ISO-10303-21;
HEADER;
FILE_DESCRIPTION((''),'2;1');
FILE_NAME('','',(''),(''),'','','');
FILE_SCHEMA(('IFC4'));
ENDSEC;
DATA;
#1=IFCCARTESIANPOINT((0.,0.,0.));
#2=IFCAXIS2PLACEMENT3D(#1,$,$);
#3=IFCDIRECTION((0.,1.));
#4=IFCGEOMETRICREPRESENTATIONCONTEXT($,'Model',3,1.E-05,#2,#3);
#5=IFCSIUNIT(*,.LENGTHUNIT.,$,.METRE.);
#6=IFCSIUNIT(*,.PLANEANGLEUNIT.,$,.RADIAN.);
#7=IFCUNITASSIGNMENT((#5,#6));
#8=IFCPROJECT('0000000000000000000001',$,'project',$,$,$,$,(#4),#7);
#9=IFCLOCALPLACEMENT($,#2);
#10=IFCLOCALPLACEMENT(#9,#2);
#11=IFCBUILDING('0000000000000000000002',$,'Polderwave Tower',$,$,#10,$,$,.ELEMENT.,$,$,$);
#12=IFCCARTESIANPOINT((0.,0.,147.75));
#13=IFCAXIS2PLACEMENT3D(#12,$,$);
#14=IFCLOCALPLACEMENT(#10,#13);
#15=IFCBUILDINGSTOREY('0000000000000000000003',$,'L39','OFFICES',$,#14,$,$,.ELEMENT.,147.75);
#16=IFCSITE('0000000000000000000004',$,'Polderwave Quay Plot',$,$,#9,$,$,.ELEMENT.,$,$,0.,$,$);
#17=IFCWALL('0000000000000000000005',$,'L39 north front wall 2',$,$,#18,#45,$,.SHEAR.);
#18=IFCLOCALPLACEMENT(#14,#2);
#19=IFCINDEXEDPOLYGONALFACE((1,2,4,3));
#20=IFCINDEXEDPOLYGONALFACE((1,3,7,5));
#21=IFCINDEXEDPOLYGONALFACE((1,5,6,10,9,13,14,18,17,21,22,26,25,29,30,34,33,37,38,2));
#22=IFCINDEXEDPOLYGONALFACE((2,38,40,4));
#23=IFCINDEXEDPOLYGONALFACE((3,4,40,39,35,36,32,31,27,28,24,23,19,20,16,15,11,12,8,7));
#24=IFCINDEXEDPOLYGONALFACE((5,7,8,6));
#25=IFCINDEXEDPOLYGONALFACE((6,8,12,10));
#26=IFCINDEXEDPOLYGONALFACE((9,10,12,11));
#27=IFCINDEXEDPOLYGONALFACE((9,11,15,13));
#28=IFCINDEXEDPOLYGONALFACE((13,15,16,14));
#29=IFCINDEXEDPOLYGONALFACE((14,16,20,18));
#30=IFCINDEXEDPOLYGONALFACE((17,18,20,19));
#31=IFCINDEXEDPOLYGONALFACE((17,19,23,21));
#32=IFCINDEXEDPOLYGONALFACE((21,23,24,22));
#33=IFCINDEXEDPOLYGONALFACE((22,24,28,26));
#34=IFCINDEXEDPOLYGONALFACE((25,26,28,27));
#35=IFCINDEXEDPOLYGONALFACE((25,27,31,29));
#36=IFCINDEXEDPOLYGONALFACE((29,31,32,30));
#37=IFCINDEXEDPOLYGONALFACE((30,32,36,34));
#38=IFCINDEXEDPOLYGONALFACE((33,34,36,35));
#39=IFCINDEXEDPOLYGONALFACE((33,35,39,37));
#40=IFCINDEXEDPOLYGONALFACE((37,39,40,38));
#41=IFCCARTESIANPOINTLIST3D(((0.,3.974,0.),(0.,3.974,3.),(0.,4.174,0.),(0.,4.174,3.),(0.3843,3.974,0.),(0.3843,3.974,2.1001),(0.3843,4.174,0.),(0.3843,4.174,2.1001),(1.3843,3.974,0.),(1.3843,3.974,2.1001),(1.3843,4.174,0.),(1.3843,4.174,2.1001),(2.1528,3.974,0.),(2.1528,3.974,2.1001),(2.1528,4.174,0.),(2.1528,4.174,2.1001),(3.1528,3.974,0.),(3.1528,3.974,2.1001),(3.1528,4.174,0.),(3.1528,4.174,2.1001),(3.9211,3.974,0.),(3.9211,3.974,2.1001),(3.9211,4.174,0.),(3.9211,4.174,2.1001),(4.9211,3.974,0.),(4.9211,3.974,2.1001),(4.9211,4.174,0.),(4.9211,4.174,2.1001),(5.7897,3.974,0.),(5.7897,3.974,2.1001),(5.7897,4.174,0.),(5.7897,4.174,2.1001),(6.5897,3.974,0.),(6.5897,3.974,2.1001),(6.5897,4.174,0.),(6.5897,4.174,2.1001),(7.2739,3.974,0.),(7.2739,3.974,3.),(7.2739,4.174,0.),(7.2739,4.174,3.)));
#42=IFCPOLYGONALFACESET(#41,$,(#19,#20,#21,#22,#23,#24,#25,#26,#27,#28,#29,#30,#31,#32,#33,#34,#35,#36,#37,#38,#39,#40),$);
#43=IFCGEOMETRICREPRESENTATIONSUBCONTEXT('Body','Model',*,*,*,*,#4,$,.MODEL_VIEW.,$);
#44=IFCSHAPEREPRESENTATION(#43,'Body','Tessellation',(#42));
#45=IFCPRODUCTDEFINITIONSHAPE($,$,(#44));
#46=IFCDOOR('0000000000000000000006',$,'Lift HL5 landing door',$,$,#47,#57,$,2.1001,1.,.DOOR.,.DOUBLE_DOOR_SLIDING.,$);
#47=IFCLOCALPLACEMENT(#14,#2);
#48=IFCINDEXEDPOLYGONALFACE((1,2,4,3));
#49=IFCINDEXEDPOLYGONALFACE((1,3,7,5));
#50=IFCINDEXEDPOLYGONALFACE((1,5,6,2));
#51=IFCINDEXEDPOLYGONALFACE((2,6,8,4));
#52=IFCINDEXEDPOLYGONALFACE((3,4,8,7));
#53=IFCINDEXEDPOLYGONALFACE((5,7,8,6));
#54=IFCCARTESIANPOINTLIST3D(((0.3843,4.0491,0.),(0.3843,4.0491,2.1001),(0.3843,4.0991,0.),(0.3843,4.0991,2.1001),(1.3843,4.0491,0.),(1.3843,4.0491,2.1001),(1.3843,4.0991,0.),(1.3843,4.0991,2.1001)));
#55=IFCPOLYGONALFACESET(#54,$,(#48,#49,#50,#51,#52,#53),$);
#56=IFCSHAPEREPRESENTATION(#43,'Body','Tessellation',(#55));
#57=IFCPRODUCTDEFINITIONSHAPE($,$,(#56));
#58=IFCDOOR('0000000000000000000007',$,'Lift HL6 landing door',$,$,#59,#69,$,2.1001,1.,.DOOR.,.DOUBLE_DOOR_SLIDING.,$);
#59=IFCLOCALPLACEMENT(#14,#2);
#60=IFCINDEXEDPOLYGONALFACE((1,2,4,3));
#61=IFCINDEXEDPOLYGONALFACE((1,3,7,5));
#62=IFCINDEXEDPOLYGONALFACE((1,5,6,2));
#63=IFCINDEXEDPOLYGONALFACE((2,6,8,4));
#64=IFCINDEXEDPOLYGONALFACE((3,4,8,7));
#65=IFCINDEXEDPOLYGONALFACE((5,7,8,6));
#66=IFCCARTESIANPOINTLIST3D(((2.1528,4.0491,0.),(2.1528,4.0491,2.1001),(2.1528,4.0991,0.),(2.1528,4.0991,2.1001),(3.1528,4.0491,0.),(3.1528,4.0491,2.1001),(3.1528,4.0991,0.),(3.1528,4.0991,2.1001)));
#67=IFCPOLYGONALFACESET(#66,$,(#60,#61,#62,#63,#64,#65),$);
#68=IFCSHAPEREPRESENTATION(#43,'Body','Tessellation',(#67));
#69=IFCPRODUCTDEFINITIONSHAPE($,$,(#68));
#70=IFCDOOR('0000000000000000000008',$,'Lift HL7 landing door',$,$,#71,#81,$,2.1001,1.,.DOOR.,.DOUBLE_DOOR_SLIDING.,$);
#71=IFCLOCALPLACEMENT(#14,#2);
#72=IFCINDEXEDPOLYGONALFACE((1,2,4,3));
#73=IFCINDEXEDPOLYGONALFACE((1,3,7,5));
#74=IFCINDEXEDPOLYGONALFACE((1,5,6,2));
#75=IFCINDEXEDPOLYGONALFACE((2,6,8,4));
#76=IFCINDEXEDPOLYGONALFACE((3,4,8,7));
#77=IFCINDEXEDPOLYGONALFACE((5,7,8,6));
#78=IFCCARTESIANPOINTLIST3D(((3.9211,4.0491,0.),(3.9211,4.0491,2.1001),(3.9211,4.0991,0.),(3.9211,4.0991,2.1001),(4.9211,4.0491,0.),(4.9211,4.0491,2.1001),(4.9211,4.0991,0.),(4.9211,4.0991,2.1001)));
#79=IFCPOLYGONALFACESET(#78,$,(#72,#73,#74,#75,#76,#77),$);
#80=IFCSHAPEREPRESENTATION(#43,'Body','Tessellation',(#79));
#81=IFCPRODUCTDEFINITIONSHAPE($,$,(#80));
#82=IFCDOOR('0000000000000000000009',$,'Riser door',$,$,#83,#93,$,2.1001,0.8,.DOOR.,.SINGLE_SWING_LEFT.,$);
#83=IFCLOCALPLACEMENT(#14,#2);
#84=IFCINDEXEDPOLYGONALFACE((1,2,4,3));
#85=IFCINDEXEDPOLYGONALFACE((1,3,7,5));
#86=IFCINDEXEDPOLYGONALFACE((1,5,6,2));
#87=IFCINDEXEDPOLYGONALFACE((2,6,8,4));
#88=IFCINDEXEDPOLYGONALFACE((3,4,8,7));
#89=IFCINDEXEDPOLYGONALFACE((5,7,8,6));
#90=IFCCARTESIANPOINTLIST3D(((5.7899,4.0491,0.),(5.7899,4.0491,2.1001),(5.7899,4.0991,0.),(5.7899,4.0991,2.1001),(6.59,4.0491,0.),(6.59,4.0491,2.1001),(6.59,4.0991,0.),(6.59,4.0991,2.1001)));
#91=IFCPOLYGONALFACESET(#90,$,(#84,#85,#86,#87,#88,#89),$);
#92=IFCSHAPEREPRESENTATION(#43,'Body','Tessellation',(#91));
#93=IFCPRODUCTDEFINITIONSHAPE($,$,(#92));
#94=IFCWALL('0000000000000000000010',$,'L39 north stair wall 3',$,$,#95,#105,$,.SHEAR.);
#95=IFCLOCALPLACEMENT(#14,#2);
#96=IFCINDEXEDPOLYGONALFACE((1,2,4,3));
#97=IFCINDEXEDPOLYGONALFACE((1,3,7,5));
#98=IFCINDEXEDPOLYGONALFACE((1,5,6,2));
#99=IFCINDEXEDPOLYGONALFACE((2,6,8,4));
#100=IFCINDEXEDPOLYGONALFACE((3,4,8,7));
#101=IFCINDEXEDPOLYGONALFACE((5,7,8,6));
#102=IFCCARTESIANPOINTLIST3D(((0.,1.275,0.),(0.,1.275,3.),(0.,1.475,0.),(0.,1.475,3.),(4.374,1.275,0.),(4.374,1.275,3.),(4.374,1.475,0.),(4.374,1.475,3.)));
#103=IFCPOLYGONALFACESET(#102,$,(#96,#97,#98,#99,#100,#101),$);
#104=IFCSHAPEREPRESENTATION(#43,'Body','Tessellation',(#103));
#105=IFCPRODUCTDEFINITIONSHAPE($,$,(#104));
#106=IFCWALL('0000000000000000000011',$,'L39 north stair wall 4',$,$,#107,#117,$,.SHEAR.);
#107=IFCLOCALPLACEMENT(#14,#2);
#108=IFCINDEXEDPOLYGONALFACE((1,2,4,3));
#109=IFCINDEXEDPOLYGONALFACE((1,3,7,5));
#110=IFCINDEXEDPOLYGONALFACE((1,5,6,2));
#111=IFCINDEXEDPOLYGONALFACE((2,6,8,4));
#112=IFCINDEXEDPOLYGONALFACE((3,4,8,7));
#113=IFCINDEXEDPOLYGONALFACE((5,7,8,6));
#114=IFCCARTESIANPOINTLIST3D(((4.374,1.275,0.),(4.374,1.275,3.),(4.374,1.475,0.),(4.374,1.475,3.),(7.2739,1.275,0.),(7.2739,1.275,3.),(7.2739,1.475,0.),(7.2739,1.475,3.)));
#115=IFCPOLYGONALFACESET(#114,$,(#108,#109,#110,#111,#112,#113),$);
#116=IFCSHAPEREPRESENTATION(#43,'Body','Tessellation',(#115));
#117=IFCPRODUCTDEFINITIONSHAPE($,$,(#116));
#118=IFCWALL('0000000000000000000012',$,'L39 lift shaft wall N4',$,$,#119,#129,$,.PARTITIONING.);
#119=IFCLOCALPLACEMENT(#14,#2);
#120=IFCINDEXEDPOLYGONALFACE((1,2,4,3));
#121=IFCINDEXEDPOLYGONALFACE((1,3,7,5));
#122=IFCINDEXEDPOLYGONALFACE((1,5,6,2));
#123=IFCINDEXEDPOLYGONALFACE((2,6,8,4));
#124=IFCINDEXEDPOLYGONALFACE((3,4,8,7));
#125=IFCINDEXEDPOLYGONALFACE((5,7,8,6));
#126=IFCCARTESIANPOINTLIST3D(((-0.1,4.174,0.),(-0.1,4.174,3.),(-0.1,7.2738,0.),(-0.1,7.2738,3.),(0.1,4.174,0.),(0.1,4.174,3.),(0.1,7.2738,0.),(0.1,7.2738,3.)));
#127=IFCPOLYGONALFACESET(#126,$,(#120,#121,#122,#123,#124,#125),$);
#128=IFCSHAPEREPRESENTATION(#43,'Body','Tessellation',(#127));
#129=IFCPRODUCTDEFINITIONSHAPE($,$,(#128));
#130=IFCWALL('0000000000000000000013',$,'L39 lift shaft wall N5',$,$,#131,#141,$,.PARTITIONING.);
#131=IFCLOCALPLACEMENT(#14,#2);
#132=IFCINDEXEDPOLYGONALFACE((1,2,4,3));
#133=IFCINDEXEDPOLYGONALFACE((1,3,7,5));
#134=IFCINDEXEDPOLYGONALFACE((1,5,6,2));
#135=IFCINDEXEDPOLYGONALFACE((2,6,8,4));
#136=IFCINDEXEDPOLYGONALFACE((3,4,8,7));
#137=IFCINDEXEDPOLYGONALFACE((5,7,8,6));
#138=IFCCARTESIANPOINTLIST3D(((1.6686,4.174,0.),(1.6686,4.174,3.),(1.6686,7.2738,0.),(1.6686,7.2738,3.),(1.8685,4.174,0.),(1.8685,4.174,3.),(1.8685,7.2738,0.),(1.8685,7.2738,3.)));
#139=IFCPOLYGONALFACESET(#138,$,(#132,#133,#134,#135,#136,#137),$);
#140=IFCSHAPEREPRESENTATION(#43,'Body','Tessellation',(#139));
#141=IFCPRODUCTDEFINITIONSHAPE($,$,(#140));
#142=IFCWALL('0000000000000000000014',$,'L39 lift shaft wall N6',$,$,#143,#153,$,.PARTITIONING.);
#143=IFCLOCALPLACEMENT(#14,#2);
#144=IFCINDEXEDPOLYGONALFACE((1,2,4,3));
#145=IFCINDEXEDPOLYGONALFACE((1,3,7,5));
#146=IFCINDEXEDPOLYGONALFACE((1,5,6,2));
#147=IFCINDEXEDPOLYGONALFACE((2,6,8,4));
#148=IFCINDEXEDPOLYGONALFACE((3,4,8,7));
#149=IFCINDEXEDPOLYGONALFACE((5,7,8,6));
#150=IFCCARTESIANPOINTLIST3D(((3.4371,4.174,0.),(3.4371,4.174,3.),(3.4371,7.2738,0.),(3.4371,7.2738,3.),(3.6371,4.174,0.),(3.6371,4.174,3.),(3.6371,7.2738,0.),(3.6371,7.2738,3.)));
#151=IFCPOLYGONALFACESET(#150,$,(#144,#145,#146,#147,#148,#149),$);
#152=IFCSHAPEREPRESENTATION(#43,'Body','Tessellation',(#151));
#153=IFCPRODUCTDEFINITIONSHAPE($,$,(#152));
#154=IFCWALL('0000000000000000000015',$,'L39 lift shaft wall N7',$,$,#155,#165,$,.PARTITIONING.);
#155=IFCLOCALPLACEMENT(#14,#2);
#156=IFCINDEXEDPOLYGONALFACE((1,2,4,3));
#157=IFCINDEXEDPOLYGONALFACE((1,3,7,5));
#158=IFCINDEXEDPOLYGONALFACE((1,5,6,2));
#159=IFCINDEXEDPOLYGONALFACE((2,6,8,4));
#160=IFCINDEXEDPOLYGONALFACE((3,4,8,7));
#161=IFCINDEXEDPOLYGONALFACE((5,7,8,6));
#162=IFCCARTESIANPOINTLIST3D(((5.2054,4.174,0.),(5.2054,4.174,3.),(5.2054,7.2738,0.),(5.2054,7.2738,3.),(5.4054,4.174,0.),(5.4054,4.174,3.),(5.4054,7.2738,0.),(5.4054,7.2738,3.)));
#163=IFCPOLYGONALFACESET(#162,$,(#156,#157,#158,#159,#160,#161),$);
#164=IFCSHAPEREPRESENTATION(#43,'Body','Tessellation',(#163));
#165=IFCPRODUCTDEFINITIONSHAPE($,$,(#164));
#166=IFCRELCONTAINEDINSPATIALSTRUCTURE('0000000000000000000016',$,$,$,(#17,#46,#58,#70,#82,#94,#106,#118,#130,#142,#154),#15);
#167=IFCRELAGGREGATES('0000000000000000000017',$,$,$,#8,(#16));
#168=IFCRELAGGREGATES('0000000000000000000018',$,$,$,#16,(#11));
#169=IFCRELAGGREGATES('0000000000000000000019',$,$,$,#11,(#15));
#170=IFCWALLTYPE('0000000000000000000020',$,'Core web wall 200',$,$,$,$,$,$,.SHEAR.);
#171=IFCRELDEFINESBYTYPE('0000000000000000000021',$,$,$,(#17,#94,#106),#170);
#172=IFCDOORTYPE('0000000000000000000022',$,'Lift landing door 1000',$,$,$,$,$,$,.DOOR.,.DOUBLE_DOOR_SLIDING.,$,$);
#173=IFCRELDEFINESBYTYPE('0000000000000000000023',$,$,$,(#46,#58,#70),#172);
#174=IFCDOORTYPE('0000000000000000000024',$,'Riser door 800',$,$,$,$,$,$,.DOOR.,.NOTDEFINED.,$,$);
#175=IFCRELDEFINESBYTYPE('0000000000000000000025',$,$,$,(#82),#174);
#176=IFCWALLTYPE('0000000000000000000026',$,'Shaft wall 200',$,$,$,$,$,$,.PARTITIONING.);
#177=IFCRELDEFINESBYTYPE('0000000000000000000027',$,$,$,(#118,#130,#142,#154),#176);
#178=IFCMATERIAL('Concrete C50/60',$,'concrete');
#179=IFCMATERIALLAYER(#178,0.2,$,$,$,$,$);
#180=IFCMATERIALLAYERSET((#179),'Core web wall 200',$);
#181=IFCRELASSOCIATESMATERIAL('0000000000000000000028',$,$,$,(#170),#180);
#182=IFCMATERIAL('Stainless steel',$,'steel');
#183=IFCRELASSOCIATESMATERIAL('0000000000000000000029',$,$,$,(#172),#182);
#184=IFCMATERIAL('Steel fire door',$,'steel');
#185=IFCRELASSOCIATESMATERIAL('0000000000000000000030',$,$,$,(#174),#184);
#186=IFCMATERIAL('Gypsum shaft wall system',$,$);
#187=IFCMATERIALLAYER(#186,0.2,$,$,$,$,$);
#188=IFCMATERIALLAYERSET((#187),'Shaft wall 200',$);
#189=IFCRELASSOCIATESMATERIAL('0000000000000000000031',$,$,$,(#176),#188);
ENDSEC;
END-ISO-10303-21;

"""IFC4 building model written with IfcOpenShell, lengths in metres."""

from ifc_helpers import new_model, si_unit, direction, frame, frame_2d, origin, place, context, subcontext, project, spatial, rectangle, extrude, material, layer, layer_set, type_object, element, fill, save


model = new_model("IFC4")

# Units and contexts
model_context = context("Model", 3, precision=1e-05, world=origin(), true_north=direction((0.0, 1.0)))
body_context = subcontext(model_context, "Body", "Model", "MODEL_VIEW")
ifc_project = project(units=[si_unit("LENGTHUNIT", "METRE"), si_unit("PLANEANGLEUNIT", "RADIAN")], contexts=[model_context])

# Site, building, storey
site_placement = place(None, origin())
site = spatial("IfcSite", under=ifc_project, at=site_placement, Name="Polderwave Quay Plot", CompositionType="ELEMENT", RefElevation=0.0)
building_placement = place(site_placement, origin())
building = spatial("IfcBuilding", under=site, at=building_placement, Name="Polderwave Tower", CompositionType="ELEMENT")
storey_placement = place(building_placement, frame((0.0, 0.0, 147.75)))
storey = spatial("IfcBuildingStorey", under=building, at=storey_placement, Name="L39", Description="OFFICES", CompositionType="ELEMENT", Elevation=147.75)

# Wall, openings, doors
ifc_material_1 = material(Name="Concrete C50/60", Category="concrete")
ifc_layer_1 = layer(ifc_material_1, 0.2)
ifc_layer_set_1 = layer_set([ifc_layer_1], Name="Core web wall 200")
wall_type_1 = type_object("IfcWallType", Name="Core web wall 200", PredefinedType="SHEAR", material=ifc_layer_set_1)
wall_1_placement = place(storey_placement, frame((0.0, 4.074, 0.0), z_axis=(0.0, 0.0, 1.0), x_axis=(1.0, 0.0, 0.0)))
wall_1 = element("IfcWall", 1, at=wall_1_placement, inside=storey, type_object=wall_type_1, Name="L39 north front wall 2", PredefinedType="SHEAR", context=body_context, shape_type="SweptSolid", body=[
    extrude(rectangle(XDim=7.2739, YDim=0.2, at=frame_2d((3.637, 0.0))), origin(), (0.0, 0.0, 1.0), 3.0),
])
opening_1_placement = place(wall_1_placement, frame((0.3843, 0.0, 0.0)))
opening_1 = element("IfcOpeningElement", 2, at=opening_1_placement, cuts=wall_1, PredefinedType="OPENING", context=body_context, shape_type="SweptSolid", body=[
    extrude(rectangle(XDim=1.0, YDim=2.1001, at=frame_2d((0.5, 1.05))), frame((0.0, 0.1099, 0.0), z_axis=(0.0, -1.0, 0.0), x_axis=(1.0, 0.0, 0.0)), (0.0, 0.0, 1.0), 0.22),
])
opening_2_placement = place(wall_1_placement, frame((2.1528, 0.0, 0.0)))
opening_2 = element("IfcOpeningElement", 3, at=opening_2_placement, cuts=wall_1, PredefinedType="OPENING", context=body_context, shape_type="SweptSolid", body=[
    extrude(rectangle(XDim=1.0, YDim=2.1001, at=frame_2d((0.5, 1.05))), frame((0.0, 0.1099, 0.0), z_axis=(0.0, -1.0, 0.0), x_axis=(1.0, 0.0, 0.0)), (0.0, 0.0, 1.0), 0.22),
])
opening_3_placement = place(wall_1_placement, frame((3.9211, 0.0, 0.0)))
opening_3 = element("IfcOpeningElement", 4, at=opening_3_placement, cuts=wall_1, PredefinedType="OPENING", context=body_context, shape_type="SweptSolid", body=[
    extrude(rectangle(XDim=1.0, YDim=2.1001, at=frame_2d((0.5, 1.05))), frame((0.0, 0.1099, 0.0), z_axis=(0.0, -1.0, 0.0), x_axis=(1.0, 0.0, 0.0)), (0.0, 0.0, 1.0), 0.22),
])
opening_4_placement = place(wall_1_placement, frame((5.7898, 0.0, 0.0)))
opening_4 = element("IfcOpeningElement", 5, at=opening_4_placement, cuts=wall_1, PredefinedType="OPENING", context=body_context, shape_type="SweptSolid", body=[
    extrude(rectangle(XDim=0.8, YDim=2.1001, at=frame_2d((0.3999, 1.05))), frame((0.0, 0.1099, 0.0), z_axis=(0.0, -1.0, 0.0), x_axis=(1.0, 0.0, 0.0)), (0.0, 0.0, 1.0), 0.22),
])
ifc_material_2 = material(Name="Stainless steel", Category="steel")
door_type_1 = type_object("IfcDoorType", Name="Lift landing door 1000", OperationType="DOUBLE_DOOR_SLIDING", PredefinedType="DOOR", material=ifc_material_2)
door_1_placement = place(opening_1_placement, frame((1.0, 0.0, 0.0), z_axis=(0.0, 0.0, 1.0), x_axis=(-1.0, 0.0, 0.0)))
door_1 = element("IfcDoor", 6, at=door_1_placement, inside=storey, type_object=door_type_1, Name="Lift HL5 landing door", OperationType="DOUBLE_DOOR_SLIDING", OverallHeight=2.1001, OverallWidth=1.0, PredefinedType="DOOR", context=body_context, shape_type="SweptSolid", body=[
    extrude(rectangle(XDim=1.0, YDim=2.1001, at=frame_2d((0.5, 1.05))), frame((0.0, 0.0249, 0.0), z_axis=(0.0, -1.0, 0.0), x_axis=(1.0, 0.0, 0.0)), (0.0, 0.0, 1.0), 0.05),
])
fill(opening_1, door_1)
door_2_placement = place(opening_2_placement, frame((1.0, 0.0, 0.0), z_axis=(0.0, 0.0, 1.0), x_axis=(-1.0, 0.0, 0.0)))
door_2 = element("IfcDoor", 7, at=door_2_placement, inside=storey, type_object=door_type_1, Name="Lift HL6 landing door", OperationType="DOUBLE_DOOR_SLIDING", OverallHeight=2.1001, OverallWidth=1.0, PredefinedType="DOOR", context=body_context, shape_type="SweptSolid", body=[
    extrude(rectangle(XDim=1.0, YDim=2.1001, at=frame_2d((0.5, 1.05))), frame((0.0, 0.0249, 0.0), z_axis=(0.0, -1.0, 0.0), x_axis=(1.0, 0.0, 0.0)), (0.0, 0.0, 1.0), 0.05),
])
fill(opening_2, door_2)
door_3_placement = place(opening_3_placement, frame((1.0, 0.0, 0.0), z_axis=(0.0, 0.0, 1.0), x_axis=(-1.0, 0.0, 0.0)))
door_3 = element("IfcDoor", 8, at=door_3_placement, inside=storey, type_object=door_type_1, Name="Lift HL7 landing door", OperationType="DOUBLE_DOOR_SLIDING", OverallHeight=2.1001, OverallWidth=1.0, PredefinedType="DOOR", context=body_context, shape_type="SweptSolid", body=[
    extrude(rectangle(XDim=1.0, YDim=2.1001, at=frame_2d((0.5, 1.05))), frame((0.0, 0.0249, 0.0), z_axis=(0.0, -1.0, 0.0), x_axis=(1.0, 0.0, 0.0)), (0.0, 0.0, 1.0), 0.05),
])
fill(opening_3, door_3)
ifc_material_3 = material(Name="Steel fire door", Category="steel")
door_type_2 = type_object("IfcDoorType", Name="Riser door 800", OperationType="NOTDEFINED", PredefinedType="DOOR", material=ifc_material_3)
door_4_placement = place(opening_4_placement, frame((0.8, 0.0, 0.0), z_axis=(0.0, 0.0, 1.0), x_axis=(-1.0, 0.0, 0.0)))
door_4 = element("IfcDoor", 9, at=door_4_placement, inside=storey, type_object=door_type_2, Name="Riser door", OperationType="SINGLE_SWING_LEFT", OverallHeight=2.1001, OverallWidth=0.8, PredefinedType="DOOR", context=body_context, shape_type="SweptSolid", body=[
    extrude(rectangle(XDim=0.8, YDim=2.1001, at=frame_2d((0.3999, 1.05))), frame((0.0, 0.0249, 0.0), z_axis=(0.0, -1.0, 0.0), x_axis=(1.0, 0.0, 0.0)), (0.0, 0.0, 1.0), 0.05),
])
fill(opening_4, door_4)

# Walls
wall_2_placement = place(storey_placement, frame((0.0, 1.375, 0.0), z_axis=(0.0, 0.0, 1.0), x_axis=(1.0, 0.0, 0.0)))
element("IfcWall", 10, at=wall_2_placement, inside=storey, type_object=wall_type_1, Name="L39 north stair wall 3", PredefinedType="SHEAR", context=body_context, shape_type="SweptSolid", body=[
    extrude(rectangle(XDim=4.374, YDim=0.2, at=frame_2d((2.187, 0.0))), origin(), (0.0, 0.0, 1.0), 3.0),
])
wall_3_placement = place(storey_placement, frame((4.374, 1.375, 0.0), z_axis=(0.0, 0.0, 1.0), x_axis=(1.0, 0.0, 0.0)))
element("IfcWall", 11, at=wall_3_placement, inside=storey, type_object=wall_type_1, Name="L39 north stair wall 4", PredefinedType="SHEAR", context=body_context, shape_type="SweptSolid", body=[
    extrude(rectangle(XDim=2.8999, YDim=0.2, at=frame_2d((1.45, 0.0))), origin(), (0.0, 0.0, 1.0), 3.0),
])
ifc_material_4 = material(Name="Gypsum shaft wall system")
ifc_layer_2 = layer(ifc_material_4, 0.2)
ifc_layer_set_2 = layer_set([ifc_layer_2], Name="Shaft wall 200")
wall_type_2 = type_object("IfcWallType", Name="Shaft wall 200", PredefinedType="PARTITIONING", material=ifc_layer_set_2)
for number, where, z_axis, x_axis, name in (
    (12, (0.0, 4.1741, 0.0), (0.0, 0.0, 1.0), (0.0, 1.0, 0.0), "L39 lift shaft wall N4"),
    (13, (1.7686, 4.1741, 0.0), (0.0, 0.0, 1.0), (0.0, 1.0, 0.0), "L39 lift shaft wall N5"),
    (14, (3.5371, 4.1741, 0.0), (0.0, 0.0, 1.0), (0.0, 1.0, 0.0), "L39 lift shaft wall N6"),
    (15, (5.3054, 4.1741, 0.0), (0.0, 0.0, 1.0), (0.0, 1.0, 0.0), "L39 lift shaft wall N7"),
):
    element("IfcWall", number, at=place(storey_placement, frame(where, z_axis=z_axis, x_axis=x_axis)), inside=storey, type_object=wall_type_2, Name=name, PredefinedType="PARTITIONING", context=body_context, shape_type="SweptSolid", body=[
        extrude(rectangle(XDim=3.0999, YDim=0.2, at=frame_2d((1.5498, 0.0))), origin(), (0.0, 0.0, 1.0), 3.0),
    ])

save(model, "model.ifc")
